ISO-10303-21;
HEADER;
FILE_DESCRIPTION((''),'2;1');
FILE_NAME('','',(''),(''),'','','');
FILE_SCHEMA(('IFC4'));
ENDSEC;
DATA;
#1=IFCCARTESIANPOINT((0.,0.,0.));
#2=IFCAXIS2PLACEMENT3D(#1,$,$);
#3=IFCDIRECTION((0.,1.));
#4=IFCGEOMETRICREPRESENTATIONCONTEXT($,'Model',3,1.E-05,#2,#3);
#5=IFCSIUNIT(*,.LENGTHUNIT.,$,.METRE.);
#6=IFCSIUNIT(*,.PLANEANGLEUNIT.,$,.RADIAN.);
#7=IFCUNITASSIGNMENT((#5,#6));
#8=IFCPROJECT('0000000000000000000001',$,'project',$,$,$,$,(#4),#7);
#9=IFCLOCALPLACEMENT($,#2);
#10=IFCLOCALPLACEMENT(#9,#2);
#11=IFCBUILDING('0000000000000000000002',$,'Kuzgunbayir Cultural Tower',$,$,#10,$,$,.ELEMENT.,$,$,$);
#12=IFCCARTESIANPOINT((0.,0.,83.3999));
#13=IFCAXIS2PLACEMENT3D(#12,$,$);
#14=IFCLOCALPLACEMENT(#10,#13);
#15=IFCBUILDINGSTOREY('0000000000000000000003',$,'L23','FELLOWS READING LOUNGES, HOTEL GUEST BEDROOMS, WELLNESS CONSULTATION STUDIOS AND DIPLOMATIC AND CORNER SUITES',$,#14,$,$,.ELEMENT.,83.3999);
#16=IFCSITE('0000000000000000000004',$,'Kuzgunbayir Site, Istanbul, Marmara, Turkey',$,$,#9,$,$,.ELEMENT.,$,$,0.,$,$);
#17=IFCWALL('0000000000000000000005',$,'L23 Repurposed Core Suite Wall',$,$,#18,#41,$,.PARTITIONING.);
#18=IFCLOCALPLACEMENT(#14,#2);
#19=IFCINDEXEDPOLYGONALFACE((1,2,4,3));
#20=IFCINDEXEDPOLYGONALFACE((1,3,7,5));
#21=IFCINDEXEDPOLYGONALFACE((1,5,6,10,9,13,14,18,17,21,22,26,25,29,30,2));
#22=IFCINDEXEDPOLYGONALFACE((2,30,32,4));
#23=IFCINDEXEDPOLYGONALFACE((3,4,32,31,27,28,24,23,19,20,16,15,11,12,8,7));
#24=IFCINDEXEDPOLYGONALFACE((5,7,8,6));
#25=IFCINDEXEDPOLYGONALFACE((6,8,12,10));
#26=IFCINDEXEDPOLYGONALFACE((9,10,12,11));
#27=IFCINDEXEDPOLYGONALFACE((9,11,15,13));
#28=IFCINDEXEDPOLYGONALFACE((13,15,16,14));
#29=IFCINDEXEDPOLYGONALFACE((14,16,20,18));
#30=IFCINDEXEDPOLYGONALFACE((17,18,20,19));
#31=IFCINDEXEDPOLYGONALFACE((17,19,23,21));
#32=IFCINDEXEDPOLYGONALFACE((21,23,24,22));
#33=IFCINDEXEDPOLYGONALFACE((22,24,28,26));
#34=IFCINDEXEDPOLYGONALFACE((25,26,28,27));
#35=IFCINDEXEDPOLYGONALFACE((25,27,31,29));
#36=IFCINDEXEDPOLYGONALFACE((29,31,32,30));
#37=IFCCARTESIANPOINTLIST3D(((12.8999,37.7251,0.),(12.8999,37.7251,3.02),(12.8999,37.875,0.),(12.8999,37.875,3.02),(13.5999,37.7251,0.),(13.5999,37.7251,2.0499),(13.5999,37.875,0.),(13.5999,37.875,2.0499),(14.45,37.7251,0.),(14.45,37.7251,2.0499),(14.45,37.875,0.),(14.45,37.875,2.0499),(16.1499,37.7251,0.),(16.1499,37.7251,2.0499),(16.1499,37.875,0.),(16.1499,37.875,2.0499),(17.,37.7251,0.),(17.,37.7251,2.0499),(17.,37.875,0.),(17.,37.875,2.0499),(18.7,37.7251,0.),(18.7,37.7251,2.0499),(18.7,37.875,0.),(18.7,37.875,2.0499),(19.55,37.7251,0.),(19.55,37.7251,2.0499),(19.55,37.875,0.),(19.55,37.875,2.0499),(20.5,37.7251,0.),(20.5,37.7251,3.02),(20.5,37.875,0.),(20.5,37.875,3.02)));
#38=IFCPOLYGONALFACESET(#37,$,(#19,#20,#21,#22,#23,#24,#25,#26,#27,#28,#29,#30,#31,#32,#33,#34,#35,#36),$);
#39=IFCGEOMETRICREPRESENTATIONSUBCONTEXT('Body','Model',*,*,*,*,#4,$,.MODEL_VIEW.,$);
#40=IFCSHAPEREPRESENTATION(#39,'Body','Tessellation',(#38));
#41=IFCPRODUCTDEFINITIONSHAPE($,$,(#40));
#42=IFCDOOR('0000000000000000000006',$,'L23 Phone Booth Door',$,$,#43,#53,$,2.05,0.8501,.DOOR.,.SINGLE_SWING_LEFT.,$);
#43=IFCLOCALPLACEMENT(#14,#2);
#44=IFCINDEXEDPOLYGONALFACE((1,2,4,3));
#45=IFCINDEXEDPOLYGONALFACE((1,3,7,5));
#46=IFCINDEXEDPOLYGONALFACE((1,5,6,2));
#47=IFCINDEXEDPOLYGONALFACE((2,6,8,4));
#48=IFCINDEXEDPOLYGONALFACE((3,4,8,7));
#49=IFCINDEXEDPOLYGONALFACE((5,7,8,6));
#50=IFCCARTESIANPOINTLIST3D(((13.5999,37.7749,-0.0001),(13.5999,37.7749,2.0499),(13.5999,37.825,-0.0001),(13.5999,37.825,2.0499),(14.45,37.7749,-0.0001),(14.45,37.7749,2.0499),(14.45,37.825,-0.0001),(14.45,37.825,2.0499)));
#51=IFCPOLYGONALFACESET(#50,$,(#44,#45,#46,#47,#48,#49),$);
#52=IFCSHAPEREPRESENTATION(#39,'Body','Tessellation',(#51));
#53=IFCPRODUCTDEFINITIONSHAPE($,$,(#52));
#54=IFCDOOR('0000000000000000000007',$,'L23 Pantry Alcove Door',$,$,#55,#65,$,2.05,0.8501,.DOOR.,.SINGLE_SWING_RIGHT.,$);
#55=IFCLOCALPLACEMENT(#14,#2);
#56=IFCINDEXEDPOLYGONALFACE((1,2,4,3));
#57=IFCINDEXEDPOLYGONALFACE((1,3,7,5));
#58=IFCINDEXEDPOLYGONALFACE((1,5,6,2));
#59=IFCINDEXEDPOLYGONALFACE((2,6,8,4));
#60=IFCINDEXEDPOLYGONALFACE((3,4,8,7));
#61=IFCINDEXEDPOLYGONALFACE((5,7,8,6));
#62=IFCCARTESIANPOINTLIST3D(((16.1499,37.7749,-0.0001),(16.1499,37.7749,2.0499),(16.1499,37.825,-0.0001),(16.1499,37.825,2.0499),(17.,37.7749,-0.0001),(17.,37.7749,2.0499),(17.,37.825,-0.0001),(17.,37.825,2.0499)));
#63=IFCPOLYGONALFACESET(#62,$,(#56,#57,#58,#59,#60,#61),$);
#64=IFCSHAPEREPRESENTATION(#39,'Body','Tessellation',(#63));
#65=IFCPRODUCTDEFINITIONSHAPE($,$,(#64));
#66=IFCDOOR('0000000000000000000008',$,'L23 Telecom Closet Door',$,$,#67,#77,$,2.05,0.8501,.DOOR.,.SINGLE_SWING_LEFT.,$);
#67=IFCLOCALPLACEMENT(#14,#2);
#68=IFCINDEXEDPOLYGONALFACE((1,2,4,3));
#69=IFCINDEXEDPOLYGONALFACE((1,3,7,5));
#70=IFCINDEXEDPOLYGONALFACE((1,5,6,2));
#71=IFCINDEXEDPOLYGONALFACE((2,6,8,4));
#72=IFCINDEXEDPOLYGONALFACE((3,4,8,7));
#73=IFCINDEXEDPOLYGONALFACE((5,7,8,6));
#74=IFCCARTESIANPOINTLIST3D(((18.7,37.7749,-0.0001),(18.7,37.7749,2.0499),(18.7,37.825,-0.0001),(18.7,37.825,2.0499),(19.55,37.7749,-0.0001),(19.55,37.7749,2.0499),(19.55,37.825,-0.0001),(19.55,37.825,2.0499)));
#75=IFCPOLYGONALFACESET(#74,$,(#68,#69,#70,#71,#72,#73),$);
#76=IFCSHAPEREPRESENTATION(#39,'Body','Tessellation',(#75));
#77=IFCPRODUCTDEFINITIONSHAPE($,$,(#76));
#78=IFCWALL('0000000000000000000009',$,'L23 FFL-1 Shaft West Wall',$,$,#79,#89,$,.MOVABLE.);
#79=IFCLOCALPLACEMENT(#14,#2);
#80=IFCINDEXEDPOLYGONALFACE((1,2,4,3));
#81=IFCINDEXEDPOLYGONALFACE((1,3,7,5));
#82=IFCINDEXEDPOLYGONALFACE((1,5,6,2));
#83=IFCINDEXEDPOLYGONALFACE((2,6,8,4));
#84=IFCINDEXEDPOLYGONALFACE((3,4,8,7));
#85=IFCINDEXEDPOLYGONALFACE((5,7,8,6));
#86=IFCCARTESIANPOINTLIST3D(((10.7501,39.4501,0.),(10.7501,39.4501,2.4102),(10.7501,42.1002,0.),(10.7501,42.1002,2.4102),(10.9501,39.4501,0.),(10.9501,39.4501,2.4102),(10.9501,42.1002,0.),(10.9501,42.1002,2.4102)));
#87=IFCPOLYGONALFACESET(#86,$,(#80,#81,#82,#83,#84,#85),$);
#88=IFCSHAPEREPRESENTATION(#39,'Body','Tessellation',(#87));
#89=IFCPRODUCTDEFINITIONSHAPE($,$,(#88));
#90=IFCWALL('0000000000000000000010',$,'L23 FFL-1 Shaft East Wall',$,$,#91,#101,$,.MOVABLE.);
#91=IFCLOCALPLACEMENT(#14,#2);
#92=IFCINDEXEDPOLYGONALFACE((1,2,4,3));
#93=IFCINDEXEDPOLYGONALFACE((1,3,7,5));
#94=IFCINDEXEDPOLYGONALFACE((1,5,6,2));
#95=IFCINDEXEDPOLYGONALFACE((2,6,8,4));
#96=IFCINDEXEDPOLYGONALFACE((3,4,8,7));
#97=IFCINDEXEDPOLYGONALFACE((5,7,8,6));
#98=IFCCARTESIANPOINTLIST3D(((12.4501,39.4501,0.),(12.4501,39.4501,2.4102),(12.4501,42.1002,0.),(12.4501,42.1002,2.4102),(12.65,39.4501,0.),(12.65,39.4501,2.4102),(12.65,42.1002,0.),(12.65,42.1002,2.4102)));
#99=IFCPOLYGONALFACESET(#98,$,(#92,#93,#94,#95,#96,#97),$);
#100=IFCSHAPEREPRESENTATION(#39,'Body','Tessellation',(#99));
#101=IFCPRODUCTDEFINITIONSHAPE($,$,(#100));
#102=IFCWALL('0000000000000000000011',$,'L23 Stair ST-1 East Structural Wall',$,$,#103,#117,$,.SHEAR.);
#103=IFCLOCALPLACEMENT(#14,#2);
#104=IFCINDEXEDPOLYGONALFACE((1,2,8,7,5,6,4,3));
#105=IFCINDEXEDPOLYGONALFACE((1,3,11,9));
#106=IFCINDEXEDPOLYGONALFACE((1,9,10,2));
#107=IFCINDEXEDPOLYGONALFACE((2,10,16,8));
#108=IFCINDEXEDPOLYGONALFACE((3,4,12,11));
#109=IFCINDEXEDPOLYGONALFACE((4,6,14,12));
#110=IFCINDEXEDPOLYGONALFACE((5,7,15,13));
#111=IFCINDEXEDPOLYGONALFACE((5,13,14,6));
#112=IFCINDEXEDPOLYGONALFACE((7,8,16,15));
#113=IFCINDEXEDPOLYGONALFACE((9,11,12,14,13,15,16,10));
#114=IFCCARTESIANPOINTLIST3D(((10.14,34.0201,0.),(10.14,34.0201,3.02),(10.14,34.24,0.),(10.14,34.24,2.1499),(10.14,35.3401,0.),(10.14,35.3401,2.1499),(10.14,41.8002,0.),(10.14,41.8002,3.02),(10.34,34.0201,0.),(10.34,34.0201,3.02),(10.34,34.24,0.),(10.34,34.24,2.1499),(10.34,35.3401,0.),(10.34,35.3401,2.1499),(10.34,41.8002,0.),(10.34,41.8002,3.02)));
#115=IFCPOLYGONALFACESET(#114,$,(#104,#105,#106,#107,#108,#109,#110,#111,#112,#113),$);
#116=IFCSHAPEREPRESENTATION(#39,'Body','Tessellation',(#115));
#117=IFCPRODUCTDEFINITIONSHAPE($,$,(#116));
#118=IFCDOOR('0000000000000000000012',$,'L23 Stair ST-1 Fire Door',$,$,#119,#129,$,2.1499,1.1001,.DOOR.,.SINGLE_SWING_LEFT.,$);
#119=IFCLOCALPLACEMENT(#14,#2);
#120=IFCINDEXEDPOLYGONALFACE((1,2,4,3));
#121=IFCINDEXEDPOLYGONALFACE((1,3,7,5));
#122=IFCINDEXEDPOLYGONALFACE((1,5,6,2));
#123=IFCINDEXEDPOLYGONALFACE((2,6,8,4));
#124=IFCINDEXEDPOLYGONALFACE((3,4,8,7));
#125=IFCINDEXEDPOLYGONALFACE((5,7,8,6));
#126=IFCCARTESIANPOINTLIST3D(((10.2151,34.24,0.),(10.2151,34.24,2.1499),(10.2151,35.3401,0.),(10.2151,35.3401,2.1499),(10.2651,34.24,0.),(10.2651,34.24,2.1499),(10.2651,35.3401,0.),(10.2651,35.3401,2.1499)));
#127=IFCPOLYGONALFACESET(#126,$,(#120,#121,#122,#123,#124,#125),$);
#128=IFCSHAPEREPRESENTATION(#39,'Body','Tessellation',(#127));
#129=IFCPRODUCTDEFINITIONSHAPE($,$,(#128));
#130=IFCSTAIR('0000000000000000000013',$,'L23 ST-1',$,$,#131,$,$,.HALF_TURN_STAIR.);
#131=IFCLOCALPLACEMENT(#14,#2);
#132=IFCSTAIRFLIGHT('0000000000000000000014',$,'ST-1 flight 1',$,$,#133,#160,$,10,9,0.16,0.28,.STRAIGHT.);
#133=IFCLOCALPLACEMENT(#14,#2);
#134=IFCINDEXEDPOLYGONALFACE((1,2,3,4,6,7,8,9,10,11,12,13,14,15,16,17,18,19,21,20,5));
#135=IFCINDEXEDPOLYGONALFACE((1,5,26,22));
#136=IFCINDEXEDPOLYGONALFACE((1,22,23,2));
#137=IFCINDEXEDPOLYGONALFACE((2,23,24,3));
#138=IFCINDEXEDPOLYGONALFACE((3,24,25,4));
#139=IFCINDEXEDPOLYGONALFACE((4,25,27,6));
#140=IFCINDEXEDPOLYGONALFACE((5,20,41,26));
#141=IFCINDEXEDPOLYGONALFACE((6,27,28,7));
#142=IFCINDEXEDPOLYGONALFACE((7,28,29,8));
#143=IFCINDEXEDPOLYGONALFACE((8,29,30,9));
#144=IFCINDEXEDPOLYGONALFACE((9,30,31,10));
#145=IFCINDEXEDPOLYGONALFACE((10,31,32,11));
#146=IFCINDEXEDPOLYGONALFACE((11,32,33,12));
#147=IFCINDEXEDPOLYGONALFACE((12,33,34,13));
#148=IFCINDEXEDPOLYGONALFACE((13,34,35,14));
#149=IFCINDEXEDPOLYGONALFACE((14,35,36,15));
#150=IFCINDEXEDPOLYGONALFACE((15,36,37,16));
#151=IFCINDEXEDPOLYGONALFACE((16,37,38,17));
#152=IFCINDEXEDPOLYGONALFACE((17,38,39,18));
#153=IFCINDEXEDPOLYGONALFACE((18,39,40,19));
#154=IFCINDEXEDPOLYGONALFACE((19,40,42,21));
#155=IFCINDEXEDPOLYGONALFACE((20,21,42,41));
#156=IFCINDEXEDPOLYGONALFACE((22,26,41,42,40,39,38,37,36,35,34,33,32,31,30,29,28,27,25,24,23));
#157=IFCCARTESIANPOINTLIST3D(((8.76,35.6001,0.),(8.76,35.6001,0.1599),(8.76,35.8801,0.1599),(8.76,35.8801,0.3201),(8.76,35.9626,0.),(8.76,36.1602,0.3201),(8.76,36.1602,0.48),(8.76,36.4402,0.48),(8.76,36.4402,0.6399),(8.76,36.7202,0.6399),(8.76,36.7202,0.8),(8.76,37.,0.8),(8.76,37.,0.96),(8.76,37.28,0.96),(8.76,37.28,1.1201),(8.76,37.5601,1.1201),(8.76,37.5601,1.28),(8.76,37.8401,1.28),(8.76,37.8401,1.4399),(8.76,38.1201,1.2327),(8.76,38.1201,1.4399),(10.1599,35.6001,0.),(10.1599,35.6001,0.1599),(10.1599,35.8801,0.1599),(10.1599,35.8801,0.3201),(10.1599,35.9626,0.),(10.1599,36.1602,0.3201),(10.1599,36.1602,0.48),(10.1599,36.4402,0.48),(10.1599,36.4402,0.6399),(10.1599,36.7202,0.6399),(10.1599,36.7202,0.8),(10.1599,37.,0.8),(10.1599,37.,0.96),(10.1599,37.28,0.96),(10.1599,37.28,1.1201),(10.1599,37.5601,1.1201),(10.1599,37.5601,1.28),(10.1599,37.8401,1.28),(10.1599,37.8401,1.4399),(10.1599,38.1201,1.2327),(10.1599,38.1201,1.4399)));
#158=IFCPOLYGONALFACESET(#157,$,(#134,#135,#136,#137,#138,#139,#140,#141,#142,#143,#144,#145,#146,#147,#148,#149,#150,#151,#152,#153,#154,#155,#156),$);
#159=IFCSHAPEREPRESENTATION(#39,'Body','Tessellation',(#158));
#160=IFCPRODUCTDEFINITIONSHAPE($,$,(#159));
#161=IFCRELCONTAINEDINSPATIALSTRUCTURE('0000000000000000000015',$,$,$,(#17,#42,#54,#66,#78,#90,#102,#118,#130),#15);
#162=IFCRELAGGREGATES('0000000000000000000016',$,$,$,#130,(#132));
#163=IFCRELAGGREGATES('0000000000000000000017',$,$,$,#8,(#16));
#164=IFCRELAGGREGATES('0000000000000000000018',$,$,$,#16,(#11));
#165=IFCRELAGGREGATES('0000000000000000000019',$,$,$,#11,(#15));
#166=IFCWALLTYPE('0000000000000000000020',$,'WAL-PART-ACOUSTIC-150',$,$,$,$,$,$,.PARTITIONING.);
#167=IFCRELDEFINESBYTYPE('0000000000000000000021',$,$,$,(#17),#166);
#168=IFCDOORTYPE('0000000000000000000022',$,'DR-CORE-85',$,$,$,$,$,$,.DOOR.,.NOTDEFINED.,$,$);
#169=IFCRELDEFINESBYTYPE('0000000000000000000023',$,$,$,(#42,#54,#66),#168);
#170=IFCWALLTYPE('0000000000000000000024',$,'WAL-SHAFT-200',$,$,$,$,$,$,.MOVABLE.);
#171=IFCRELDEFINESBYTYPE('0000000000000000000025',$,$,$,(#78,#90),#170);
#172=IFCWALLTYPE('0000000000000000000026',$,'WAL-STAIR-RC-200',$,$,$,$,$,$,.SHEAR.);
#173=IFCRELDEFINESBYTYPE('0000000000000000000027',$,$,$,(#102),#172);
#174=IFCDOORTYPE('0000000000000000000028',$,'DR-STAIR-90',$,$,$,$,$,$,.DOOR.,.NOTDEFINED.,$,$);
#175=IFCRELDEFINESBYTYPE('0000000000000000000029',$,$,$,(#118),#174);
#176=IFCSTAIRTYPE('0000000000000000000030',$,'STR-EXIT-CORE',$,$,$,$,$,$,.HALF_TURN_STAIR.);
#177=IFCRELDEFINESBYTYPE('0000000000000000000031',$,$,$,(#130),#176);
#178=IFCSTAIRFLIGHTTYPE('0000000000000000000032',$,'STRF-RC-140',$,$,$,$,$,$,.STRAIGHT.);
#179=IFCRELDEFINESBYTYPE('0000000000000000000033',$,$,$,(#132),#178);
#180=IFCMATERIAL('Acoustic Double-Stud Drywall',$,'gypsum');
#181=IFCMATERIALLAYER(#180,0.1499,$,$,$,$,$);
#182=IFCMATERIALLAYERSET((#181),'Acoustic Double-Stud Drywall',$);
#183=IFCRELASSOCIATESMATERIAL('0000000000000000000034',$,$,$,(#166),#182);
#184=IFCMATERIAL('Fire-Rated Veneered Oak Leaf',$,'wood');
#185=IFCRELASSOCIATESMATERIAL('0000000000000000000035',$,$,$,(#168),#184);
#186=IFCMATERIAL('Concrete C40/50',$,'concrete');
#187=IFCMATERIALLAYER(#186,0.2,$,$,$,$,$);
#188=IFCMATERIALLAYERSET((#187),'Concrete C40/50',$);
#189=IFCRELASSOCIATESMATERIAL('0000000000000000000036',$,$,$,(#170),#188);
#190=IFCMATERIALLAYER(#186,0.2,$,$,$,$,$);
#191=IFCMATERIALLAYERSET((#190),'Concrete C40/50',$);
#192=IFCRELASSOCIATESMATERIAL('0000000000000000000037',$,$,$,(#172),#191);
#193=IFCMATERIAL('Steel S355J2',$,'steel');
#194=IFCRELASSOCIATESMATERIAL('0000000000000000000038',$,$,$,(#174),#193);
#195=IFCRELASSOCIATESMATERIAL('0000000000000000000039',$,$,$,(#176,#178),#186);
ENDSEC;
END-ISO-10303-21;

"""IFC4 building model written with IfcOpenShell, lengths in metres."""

from ifc_helpers import new_model, si_unit, direction, frame, frame_2d, origin, place, context, subcontext, project, spatial, polyline, rectangle, outline, extrude, material, layer, layer_set, type_object, element, fill, aggregate, save


model = new_model("IFC4")

# Units and contexts
model_context = context("Model", 3, precision=1e-05, world=origin(), true_north=direction((0.0, 1.0)))
body_context = subcontext(model_context, "Body", "Model", "MODEL_VIEW")
ifc_project = project(units=[si_unit("LENGTHUNIT", "METRE"), si_unit("PLANEANGLEUNIT", "RADIAN")], contexts=[model_context])

# Site, building, storey
site_placement = place(None, origin())
site = spatial("IfcSite", under=ifc_project, at=site_placement, Name="Kuzgunbayir Site, Istanbul, Marmara, Turkey", CompositionType="ELEMENT", RefElevation=0.0)
building_placement = place(site_placement, origin())
building = spatial("IfcBuilding", under=site, at=building_placement, Name="Kuzgunbayir Cultural Tower", CompositionType="ELEMENT")
storey_placement = place(building_placement, frame((0.0, 0.0, 83.3999)))
storey = spatial("IfcBuildingStorey", under=building, at=storey_placement, Name="L23", Description="FELLOWS READING LOUNGES, HOTEL GUEST BEDROOMS, WELLNESS CONSULTATION STUDIOS AND DIPLOMATIC AND CORNER SUITES", CompositionType="ELEMENT", Elevation=83.3999)

# Shared definitions
ifc_material_1 = material(Name="Steel S355J2", Category="steel")

# Wall, openings, doors
ifc_material_2 = material(Name="Acoustic Double-Stud Drywall", Category="gypsum")
ifc_layer_1 = layer(ifc_material_2, 0.1499)
ifc_layer_set_1 = layer_set([ifc_layer_1], Name="Acoustic Double-Stud Drywall")
wall_type_1 = type_object("IfcWallType", Name="WAL-PART-ACOUSTIC-150", PredefinedType="PARTITIONING", material=ifc_layer_set_1)
wall_1_placement = place(storey_placement, frame((12.8999, 37.8, 0.0), z_axis=(0.0, 0.0, 1.0), x_axis=(1.0, 0.0, 0.0)))
wall_1 = element("IfcWall", 1, at=wall_1_placement, inside=storey, type_object=wall_type_1, Name="L23 Repurposed Core Suite Wall", PredefinedType="PARTITIONING", context=body_context, shape_type="SweptSolid", body=[
    extrude(rectangle(XDim=7.6001, YDim=0.1499, at=frame_2d((3.8, 0.0))), origin(), (0.0, 0.0, 1.0), 3.02),
])
opening_1_placement = place(wall_1_placement, frame((0.7, 0.0, 0.0)))
opening_1 = element("IfcOpeningElement", 2, at=opening_1_placement, cuts=wall_1, PredefinedType="OPENING", context=body_context, shape_type="SweptSolid", body=[
    extrude(rectangle(XDim=0.8501, YDim=2.05, at=frame_2d((0.425, 1.0249))), frame((0.0, 0.085, 0.0), z_axis=(0.0, -1.0, 0.0), x_axis=(1.0, 0.0, 0.0)), (0.0, 0.0, 1.0), 0.1699),
])
opening_2_placement = place(wall_1_placement, frame((3.25, 0.0, 0.0)))
opening_2 = element("IfcOpeningElement", 3, at=opening_2_placement, cuts=wall_1, PredefinedType="OPENING", context=body_context, shape_type="SweptSolid", body=[
    extrude(rectangle(XDim=0.8501, YDim=2.05, at=frame_2d((0.425, 1.0249))), frame((0.0, 0.085, 0.0), z_axis=(0.0, -1.0, 0.0), x_axis=(1.0, 0.0, 0.0)), (0.0, 0.0, 1.0), 0.1699),
])
opening_3_placement = place(wall_1_placement, frame((5.8, 0.0, 0.0)))
opening_3 = element("IfcOpeningElement", 4, at=opening_3_placement, cuts=wall_1, PredefinedType="OPENING", context=body_context, shape_type="SweptSolid", body=[
    extrude(rectangle(XDim=0.8501, YDim=2.05, at=frame_2d((0.425, 1.0249))), frame((0.0, 0.085, 0.0), z_axis=(0.0, -1.0, 0.0), x_axis=(1.0, 0.0, 0.0)), (0.0, 0.0, 1.0), 0.1699),
])
ifc_material_3 = material(Name="Fire-Rated Veneered Oak Leaf", Category="wood")
door_type_1 = type_object("IfcDoorType", Name="DR-CORE-85", OperationType="NOTDEFINED", PredefinedType="DOOR", material=ifc_material_3)
door_1_placement = place(opening_1_placement, origin())
door_1 = element("IfcDoor", 5, at=door_1_placement, inside=storey, type_object=door_type_1, Name="L23 Phone Booth Door", OperationType="SINGLE_SWING_LEFT", OverallHeight=2.05, OverallWidth=0.8501, PredefinedType="DOOR", context=body_context, shape_type="SweptSolid", body=[
    extrude(rectangle(XDim=0.8501, YDim=2.05, at=frame_2d((0.425, 1.0249))), frame((0.0, 0.0249, 0.0), z_axis=(0.0, -1.0, 0.0), x_axis=(1.0, 0.0, 0.0)), (0.0, 0.0, 1.0), 0.05),
])
fill(opening_1, door_1)
door_2_placement = place(opening_2_placement, origin())
door_2 = element("IfcDoor", 6, at=door_2_placement, inside=storey, type_object=door_type_1, Name="L23 Pantry Alcove Door", OperationType="SINGLE_SWING_RIGHT", OverallHeight=2.05, OverallWidth=0.8501, PredefinedType="DOOR", context=body_context, shape_type="SweptSolid", body=[
    extrude(rectangle(XDim=0.8501, YDim=2.05, at=frame_2d((0.425, 1.0249))), frame((0.0, 0.0249, 0.0), z_axis=(0.0, -1.0, 0.0), x_axis=(1.0, 0.0, 0.0)), (0.0, 0.0, 1.0), 0.05),
])
fill(opening_2, door_2)
door_3_placement = place(opening_3_placement, origin())
door_3 = element("IfcDoor", 7, at=door_3_placement, inside=storey, type_object=door_type_1, Name="L23 Telecom Closet Door", OperationType="SINGLE_SWING_LEFT", OverallHeight=2.05, OverallWidth=0.8501, PredefinedType="DOOR", context=body_context, shape_type="SweptSolid", body=[
    extrude(rectangle(XDim=0.8501, YDim=2.05, at=frame_2d((0.425, 1.0249))), frame((0.0, 0.0249, 0.0), z_axis=(0.0, -1.0, 0.0), x_axis=(1.0, 0.0, 0.0)), (0.0, 0.0, 1.0), 0.05),
])
fill(opening_3, door_3)

# Shared definitions
ifc_material_4 = material(Name="Concrete C40/50", Category="concrete")
ifc_layer_2 = layer(ifc_material_4, 0.2)
ifc_layer_set_2 = layer_set([ifc_layer_2], Name="Concrete C40/50")
wall_type_2 = type_object("IfcWallType", Name="WAL-SHAFT-200", PredefinedType="MOVABLE", material=ifc_layer_set_2)

# Walls
for number, where, z_axis, x_axis, name in (
    (8, (10.8501, 39.45, 0.0), (0.0, 0.0, 1.0), (0.0, 1.0, 0.0), "L23 FFL-1 Shaft West Wall"),
    (9, (12.55, 39.45, 0.0), (0.0, 0.0, 1.0), (0.0, 1.0, 0.0), "L23 FFL-1 Shaft East Wall"),
):
    element("IfcWall", number, at=place(storey_placement, frame(where, z_axis=z_axis, x_axis=x_axis)), inside=storey, type_object=wall_type_2, Name=name, PredefinedType="MOVABLE", context=body_context, shape_type="SweptSolid", body=[
        extrude(rectangle(XDim=2.6501, YDim=0.2, at=frame_2d((1.3252, 0.0))), origin(), (0.0, 0.0, 1.0), 2.4102),
    ])

# Wall, opening, door
ifc_layer_3 = layer(ifc_material_4, 0.2)
ifc_layer_set_3 = layer_set([ifc_layer_3], Name="Concrete C40/50")
wall_type_3 = type_object("IfcWallType", Name="WAL-STAIR-RC-200", PredefinedType="SHEAR", material=ifc_layer_set_3)
wall_2_placement = place(storey_placement, frame((10.24, 34.02, 0.0), z_axis=(0.0, 0.0, 1.0), x_axis=(0.0, 1.0, 0.0)))
wall_2 = element("IfcWall", 10, at=wall_2_placement, inside=storey, type_object=wall_type_3, Name="L23 Stair ST-1 East Structural Wall", PredefinedType="SHEAR", context=body_context, shape_type="SweptSolid", body=[
    extrude(rectangle(XDim=7.78, YDim=0.2, at=frame_2d((3.8901, 0.0))), origin(), (0.0, 0.0, 1.0), 3.02),
])
opening_4_placement = place(wall_2_placement, frame((0.22, 0.0, 0.0)))
opening_4 = element("IfcOpeningElement", 11, at=opening_4_placement, cuts=wall_2, PredefinedType="OPENING", context=body_context, shape_type="SweptSolid", body=[
    extrude(rectangle(XDim=1.1001, YDim=2.1499, at=frame_2d((0.55, 1.075))), frame((0.0, 0.1099, 0.0), z_axis=(0.0, -1.0, 0.0), x_axis=(1.0, 0.0, 0.0)), (0.0, 0.0, 1.0), 0.22),
])
door_type_2 = type_object("IfcDoorType", Name="DR-STAIR-90", OperationType="NOTDEFINED", PredefinedType="DOOR", material=ifc_material_1)
door_4_placement = place(opening_4_placement, origin())
door_4 = element("IfcDoor", 12, at=door_4_placement, inside=storey, type_object=door_type_2, Name="L23 Stair ST-1 Fire Door", OperationType="SINGLE_SWING_LEFT", OverallHeight=2.1499, OverallWidth=1.1001, PredefinedType="DOOR", context=body_context, shape_type="SweptSolid", body=[
    extrude(rectangle(XDim=1.1001, YDim=2.1499, at=frame_2d((0.55, 1.075))), frame((0.0, 0.0249, 0.0), z_axis=(0.0, -1.0, 0.0), x_axis=(1.0, 0.0, 0.0)), (0.0, 0.0, 1.0), 0.05),
])
fill(opening_4, door_4)

# Stair, stair flight
stair_type = type_object("IfcStairType", Name="STR-EXIT-CORE", PredefinedType="HALF_TURN_STAIR", material=ifc_material_4)
stair_placement = place(storey_placement, origin())
stair = element("IfcStair", 13, at=stair_placement, inside=storey, type_object=stair_type, Name="L23 ST-1", PredefinedType="HALF_TURN_STAIR")
stair_flight_type = type_object("IfcStairFlightType", Name="STRF-RC-140", PredefinedType="STRAIGHT", material=ifc_material_4)
stair_flight_1_placement = place(storey_placement, frame((9.46, 35.6001, 0.0), z_axis=(0.0, 0.0, 1.0), x_axis=(0.0, 1.0, 0.0)))
stair_flight_1 = element("IfcStairFlight", 14, at=stair_flight_1_placement, type_object=stair_flight_type, Name="ST-1 flight 1", NumberOfRisers=10, NumberOfTreads=9, PredefinedType="STRAIGHT", RiserHeight=0.16, TreadLength=0.28, context=body_context, shape_type="SweptSolid", body=[
    extrude(outline(polyline([(0.0, 0.0), (0.0, 0.1599), (0.28, 0.1599), (0.28, 0.3201), (0.5601, 0.3201), (0.5601, 0.48), (0.8401, 0.48), (0.8401, 0.6399), (1.1201, 0.6399), (1.1201, 0.8), (1.3999, 0.8), (1.3999, 0.96), (1.6799, 0.96), (1.6799, 1.1201), (1.96, 1.1201), (1.96, 1.28), (2.24, 1.28), (2.24, 1.4399), (2.52, 1.4399), (2.52, 1.6001), (2.52, 1.2327), (0.3625, 0.0), (0.0, 0.0)])), frame((0.0, 0.7, 0.0), z_axis=(0.0, -1.0, 0.0), x_axis=(1.0, 0.0, 0.0)), (0.0, 0.0, 1.0), 1.3999),
])
aggregate(stair, [stair_flight_1])

save(model, "model.ifc")
